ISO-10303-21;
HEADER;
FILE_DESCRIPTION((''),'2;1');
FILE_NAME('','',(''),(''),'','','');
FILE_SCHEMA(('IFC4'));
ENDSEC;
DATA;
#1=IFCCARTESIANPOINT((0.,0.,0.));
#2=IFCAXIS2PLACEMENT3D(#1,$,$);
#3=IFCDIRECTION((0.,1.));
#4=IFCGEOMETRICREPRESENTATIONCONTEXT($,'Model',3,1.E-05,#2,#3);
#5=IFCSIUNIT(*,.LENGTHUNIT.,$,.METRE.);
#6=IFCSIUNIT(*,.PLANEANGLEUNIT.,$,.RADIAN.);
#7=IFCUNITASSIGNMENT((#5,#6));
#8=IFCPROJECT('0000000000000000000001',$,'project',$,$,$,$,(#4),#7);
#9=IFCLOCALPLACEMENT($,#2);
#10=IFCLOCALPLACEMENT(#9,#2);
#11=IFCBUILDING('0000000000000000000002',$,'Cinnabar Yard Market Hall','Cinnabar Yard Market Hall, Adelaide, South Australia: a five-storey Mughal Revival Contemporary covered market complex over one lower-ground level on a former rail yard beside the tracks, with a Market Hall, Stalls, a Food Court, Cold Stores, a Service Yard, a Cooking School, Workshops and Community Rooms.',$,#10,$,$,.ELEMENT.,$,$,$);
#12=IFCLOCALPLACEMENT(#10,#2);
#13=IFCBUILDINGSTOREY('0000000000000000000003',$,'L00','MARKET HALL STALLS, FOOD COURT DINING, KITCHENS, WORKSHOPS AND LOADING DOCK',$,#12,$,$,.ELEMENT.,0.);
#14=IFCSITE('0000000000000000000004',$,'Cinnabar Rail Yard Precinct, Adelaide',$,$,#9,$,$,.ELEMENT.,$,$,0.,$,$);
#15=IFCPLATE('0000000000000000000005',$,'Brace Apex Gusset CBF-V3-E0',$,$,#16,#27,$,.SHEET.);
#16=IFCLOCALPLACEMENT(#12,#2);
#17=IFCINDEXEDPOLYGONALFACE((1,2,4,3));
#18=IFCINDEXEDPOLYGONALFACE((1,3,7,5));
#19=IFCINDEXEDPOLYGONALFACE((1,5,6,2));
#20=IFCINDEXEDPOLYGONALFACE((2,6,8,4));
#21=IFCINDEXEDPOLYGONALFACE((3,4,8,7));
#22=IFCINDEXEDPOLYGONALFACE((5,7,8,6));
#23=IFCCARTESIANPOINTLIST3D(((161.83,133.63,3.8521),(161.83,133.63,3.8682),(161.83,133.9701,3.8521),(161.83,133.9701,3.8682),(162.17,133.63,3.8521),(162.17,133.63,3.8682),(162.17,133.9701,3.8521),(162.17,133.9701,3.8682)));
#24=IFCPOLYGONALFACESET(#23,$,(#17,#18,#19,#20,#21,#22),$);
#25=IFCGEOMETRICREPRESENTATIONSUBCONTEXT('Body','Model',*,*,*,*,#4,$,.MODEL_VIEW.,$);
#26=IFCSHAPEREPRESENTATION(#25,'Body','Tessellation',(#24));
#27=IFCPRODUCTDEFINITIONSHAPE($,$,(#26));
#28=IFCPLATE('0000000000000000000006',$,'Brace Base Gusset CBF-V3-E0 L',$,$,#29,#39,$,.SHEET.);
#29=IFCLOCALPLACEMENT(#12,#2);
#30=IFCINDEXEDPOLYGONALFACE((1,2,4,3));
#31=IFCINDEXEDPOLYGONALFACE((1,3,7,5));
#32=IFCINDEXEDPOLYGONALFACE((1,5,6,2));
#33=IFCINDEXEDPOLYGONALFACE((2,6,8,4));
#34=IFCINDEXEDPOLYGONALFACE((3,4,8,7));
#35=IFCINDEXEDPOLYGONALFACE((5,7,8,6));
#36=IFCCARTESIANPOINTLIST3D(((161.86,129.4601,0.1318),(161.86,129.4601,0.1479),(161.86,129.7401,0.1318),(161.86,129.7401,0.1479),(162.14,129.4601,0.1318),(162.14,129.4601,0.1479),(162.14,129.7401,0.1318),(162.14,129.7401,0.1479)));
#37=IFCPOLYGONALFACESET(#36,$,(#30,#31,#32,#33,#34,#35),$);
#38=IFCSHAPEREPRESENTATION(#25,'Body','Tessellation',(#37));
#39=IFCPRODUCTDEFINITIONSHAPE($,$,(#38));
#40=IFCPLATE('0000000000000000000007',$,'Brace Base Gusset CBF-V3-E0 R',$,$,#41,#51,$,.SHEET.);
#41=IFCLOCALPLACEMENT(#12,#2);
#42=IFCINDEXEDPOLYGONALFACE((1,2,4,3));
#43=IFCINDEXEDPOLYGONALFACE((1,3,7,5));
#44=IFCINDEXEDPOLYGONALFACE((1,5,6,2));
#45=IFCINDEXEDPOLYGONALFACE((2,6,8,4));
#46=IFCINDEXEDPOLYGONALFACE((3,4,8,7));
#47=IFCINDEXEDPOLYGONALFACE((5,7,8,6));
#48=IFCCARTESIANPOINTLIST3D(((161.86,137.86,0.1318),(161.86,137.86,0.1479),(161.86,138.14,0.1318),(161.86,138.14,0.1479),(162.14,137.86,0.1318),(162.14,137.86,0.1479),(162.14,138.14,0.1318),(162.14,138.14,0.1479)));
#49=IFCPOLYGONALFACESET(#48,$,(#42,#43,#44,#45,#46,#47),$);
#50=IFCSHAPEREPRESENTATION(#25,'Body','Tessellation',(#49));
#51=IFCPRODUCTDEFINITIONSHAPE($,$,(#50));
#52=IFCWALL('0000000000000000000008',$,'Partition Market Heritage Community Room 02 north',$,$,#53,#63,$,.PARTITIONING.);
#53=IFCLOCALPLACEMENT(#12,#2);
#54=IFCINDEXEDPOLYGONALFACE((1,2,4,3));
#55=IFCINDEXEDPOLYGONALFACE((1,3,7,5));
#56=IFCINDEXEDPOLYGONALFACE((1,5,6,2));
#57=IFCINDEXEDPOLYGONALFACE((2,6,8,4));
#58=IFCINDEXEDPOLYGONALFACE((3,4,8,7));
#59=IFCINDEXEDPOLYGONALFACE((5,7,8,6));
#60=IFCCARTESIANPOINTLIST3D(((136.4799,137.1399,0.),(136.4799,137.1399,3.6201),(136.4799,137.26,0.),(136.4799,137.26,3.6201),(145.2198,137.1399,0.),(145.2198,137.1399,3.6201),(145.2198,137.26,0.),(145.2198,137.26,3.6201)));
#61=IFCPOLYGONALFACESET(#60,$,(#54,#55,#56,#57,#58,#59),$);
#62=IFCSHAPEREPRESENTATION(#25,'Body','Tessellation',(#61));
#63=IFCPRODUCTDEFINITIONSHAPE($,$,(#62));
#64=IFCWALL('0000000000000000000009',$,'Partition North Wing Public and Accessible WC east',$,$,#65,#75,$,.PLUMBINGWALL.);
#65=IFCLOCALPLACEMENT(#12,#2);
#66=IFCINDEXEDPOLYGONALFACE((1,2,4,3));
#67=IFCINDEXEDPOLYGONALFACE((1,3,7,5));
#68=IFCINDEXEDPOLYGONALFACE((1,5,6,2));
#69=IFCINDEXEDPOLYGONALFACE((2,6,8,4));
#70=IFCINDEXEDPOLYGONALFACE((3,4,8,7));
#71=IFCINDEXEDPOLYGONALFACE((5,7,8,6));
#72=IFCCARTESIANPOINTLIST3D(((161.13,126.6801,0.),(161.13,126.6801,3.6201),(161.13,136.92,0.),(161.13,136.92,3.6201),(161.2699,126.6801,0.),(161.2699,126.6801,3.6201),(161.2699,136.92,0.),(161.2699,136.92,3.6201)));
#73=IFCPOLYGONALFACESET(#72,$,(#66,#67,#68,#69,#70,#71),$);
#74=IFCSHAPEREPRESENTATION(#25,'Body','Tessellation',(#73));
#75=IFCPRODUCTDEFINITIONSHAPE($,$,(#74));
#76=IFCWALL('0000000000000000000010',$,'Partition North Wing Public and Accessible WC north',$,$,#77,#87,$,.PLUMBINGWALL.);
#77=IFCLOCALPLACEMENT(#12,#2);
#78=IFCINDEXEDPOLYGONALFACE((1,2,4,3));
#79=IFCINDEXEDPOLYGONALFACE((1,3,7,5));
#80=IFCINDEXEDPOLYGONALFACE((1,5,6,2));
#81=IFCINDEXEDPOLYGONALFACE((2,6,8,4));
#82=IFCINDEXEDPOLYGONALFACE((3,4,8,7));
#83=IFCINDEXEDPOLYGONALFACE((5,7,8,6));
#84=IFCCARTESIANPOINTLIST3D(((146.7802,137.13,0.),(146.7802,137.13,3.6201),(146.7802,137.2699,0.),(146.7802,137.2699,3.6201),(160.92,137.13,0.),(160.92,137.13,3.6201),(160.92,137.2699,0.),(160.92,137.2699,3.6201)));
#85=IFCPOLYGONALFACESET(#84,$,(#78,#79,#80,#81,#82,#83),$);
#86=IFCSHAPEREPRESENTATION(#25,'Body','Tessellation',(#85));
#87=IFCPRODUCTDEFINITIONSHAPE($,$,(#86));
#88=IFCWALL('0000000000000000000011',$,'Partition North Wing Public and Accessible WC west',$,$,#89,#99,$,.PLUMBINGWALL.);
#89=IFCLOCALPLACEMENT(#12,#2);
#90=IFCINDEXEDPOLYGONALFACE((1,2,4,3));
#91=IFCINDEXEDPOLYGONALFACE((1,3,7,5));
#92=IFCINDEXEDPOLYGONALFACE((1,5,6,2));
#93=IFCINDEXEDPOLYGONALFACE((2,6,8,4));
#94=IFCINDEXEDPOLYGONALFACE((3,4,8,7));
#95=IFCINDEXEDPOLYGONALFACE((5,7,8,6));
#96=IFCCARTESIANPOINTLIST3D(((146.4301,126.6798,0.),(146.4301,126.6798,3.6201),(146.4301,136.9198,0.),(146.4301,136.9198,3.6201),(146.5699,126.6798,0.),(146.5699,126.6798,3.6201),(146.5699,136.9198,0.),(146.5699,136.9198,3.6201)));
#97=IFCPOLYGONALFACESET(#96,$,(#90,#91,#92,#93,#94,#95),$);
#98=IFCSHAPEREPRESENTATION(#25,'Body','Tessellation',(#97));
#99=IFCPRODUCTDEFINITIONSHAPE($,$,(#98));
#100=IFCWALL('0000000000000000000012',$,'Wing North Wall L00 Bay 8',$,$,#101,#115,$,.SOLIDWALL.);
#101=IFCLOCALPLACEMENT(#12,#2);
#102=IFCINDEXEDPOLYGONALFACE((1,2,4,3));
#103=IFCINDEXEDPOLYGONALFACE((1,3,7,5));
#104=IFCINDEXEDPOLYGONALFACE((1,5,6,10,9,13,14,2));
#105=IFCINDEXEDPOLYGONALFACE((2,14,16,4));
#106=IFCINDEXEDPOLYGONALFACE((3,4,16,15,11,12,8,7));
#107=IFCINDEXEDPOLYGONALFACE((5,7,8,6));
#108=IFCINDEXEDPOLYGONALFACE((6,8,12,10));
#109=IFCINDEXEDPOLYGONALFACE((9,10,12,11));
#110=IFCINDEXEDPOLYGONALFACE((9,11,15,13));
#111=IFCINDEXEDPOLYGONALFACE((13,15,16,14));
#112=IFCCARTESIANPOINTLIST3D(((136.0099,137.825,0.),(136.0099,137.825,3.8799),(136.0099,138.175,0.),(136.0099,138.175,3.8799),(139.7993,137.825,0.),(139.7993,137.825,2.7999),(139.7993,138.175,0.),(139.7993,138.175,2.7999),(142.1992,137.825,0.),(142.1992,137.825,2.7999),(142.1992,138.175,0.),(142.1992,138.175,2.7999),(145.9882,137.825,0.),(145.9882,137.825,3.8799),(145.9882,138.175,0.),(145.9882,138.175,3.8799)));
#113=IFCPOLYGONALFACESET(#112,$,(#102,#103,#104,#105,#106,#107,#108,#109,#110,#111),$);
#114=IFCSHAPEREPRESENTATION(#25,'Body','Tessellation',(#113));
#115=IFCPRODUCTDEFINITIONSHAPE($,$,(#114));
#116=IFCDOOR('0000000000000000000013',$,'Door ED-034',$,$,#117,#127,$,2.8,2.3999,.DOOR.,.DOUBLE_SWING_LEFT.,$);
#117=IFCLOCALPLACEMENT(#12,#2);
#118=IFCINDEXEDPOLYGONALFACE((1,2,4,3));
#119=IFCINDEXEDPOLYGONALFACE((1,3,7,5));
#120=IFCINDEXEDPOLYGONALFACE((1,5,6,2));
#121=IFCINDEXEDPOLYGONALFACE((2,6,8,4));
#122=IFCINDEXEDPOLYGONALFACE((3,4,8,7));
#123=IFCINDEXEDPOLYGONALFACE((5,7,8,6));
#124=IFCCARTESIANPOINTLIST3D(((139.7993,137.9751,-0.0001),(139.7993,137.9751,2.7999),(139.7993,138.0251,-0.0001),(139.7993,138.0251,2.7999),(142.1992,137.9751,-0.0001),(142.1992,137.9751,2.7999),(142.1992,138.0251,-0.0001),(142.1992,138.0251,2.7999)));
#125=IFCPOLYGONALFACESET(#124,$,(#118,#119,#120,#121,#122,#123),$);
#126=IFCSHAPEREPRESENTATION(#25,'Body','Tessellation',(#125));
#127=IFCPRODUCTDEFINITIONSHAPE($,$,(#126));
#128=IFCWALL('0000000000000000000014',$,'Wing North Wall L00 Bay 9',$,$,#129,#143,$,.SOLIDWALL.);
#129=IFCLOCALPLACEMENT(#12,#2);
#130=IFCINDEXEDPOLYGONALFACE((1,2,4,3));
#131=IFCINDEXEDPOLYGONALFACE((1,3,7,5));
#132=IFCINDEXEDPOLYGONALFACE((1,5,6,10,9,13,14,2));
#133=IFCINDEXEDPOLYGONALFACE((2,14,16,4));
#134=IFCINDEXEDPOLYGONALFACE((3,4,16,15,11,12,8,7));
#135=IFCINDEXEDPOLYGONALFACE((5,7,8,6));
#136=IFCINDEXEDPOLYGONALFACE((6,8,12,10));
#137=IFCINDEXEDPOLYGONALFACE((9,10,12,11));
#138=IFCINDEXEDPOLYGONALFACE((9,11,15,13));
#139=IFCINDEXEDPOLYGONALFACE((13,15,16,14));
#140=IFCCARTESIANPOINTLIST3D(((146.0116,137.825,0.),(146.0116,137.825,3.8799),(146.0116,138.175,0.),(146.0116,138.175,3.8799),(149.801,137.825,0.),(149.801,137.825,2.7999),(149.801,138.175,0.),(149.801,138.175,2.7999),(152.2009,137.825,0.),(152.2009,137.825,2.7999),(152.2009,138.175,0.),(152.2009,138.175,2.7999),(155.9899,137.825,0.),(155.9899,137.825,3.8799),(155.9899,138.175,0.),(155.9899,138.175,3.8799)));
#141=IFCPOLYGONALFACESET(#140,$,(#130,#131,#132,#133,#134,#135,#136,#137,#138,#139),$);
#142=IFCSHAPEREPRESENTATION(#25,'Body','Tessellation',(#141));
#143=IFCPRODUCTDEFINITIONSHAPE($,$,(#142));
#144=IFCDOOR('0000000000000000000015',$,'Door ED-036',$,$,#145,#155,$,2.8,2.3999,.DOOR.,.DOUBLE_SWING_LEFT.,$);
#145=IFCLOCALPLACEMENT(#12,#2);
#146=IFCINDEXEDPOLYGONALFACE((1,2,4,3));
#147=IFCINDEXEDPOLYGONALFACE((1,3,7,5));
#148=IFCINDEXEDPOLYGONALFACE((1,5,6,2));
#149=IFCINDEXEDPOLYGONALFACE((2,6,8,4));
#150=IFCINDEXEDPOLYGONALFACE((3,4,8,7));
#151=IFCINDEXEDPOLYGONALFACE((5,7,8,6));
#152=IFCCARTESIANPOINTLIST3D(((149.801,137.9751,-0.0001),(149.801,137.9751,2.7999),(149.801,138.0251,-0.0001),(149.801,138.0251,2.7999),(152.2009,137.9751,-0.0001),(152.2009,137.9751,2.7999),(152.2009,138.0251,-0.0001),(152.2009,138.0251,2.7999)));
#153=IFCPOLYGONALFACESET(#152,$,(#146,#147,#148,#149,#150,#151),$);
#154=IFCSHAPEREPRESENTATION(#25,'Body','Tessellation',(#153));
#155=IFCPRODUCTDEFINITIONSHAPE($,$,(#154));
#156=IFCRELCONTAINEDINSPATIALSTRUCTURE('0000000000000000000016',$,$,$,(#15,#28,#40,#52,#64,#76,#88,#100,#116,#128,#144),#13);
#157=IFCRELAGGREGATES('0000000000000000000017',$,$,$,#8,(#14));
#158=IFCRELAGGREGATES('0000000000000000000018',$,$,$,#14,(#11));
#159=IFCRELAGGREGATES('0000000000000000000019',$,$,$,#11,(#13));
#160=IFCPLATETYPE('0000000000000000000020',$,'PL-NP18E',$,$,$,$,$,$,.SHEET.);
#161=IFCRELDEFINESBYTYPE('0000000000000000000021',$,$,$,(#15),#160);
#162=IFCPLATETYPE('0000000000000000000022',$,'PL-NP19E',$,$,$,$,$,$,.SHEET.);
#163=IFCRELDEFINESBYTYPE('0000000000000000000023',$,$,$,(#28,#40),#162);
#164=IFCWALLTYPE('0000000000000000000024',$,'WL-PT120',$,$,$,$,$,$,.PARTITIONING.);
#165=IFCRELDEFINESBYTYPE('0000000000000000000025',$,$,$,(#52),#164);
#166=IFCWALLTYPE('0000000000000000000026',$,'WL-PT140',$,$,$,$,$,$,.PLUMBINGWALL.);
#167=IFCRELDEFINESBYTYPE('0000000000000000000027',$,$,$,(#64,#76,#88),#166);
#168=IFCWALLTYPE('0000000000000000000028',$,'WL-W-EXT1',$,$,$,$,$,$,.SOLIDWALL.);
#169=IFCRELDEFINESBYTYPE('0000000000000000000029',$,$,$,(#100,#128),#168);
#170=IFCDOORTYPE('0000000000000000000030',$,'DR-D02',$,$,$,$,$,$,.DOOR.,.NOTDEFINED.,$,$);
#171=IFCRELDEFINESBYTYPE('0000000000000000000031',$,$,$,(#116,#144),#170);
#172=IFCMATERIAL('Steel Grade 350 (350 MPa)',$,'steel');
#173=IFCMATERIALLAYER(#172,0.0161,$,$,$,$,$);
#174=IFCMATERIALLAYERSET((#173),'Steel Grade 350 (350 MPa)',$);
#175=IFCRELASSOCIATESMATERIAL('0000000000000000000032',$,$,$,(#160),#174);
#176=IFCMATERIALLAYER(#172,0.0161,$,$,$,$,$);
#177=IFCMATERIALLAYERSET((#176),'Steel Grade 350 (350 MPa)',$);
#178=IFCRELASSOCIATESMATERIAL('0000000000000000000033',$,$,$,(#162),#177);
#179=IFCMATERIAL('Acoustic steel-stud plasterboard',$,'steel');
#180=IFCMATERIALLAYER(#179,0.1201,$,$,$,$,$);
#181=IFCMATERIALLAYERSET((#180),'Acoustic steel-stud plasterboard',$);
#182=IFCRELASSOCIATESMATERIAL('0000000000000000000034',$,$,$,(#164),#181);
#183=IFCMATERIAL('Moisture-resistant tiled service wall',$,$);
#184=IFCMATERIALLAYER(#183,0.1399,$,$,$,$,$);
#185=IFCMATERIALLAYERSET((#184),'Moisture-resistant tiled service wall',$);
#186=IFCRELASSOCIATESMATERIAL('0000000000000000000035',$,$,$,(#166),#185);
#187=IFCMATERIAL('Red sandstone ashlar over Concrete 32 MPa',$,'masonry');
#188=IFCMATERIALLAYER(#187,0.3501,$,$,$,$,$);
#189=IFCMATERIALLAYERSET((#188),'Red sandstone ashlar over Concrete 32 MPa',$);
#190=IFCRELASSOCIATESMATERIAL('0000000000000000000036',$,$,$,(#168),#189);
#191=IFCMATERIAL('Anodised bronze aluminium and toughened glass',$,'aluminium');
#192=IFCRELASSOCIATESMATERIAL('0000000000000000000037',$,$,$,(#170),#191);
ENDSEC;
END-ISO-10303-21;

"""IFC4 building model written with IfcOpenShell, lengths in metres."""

from ifc_helpers import new_model, si_unit, direction, frame, frame_2d, origin, origin_2d_with_axis, place, context, subcontext, project, spatial, rectangle, extrude, material, layer, layer_set, type_object, element, fill, save


model = new_model("IFC4")

# Units and contexts
model_context = context("Model", 3, precision=1e-05, world=origin(), true_north=direction((0.0, 1.0)))
body_context = subcontext(model_context, "Body", "Model", "MODEL_VIEW")
ifc_project = project(units=[si_unit("LENGTHUNIT", "METRE"), si_unit("PLANEANGLEUNIT", "RADIAN")], contexts=[model_context])

# Site, building, storey
site_placement = place(None, origin())
site = spatial("IfcSite", under=ifc_project, at=site_placement, Name="Cinnabar Rail Yard Precinct, Adelaide", CompositionType="ELEMENT", RefElevation=0.0)
building_placement = place(site_placement, origin())
building = spatial("IfcBuilding", under=site, at=building_placement, Name="Cinnabar Yard Market Hall", Description="Cinnabar Yard Market Hall, Adelaide, South Australia: a five-storey Mughal Revival Contemporary covered market complex over one lower-ground level on a former rail yard beside the tracks, with a Market Hall, Stalls, a Food Court, Cold Stores, a Service Yard, a Cooking School, Workshops and Community Rooms.", CompositionType="ELEMENT")
storey_placement = place(building_placement, origin())
storey = spatial("IfcBuildingStorey", under=building, at=storey_placement, Name="L00", Description="MARKET HALL STALLS, FOOD COURT DINING, KITCHENS, WORKSHOPS AND LOADING DOCK", CompositionType="ELEMENT", Elevation=0.0)

# Shared definitions
ifc_material_1 = material(Name="Steel Grade 350 (350 MPa)", Category="steel")

# Plates
ifc_layer_1 = layer(ifc_material_1, 0.0161)
ifc_layer_set_1 = layer_set([ifc_layer_1], Name="Steel Grade 350 (350 MPa)")
plate_type_1 = type_object("IfcPlateType", Name="PL-NP18E", PredefinedType="SHEET", material=ifc_layer_set_1)
plate_placement = place(storey_placement, frame((162.0, 133.8, 3.8521), z_axis=(0.0, 0.0, 1.0), x_axis=(1.0, 0.0, 0.0)))
element("IfcPlate", 1, at=plate_placement, inside=storey, type_object=plate_type_1, Name="Brace Apex Gusset CBF-V3-E0", PredefinedType="SHEET", context=body_context, shape_type="SweptSolid", body=[
    extrude(rectangle(XDim=0.3401, YDim=0.3401, at=origin_2d_with_axis()), origin(), (0.0, 0.0, 1.0), 0.0161),
])
ifc_layer_2 = layer(ifc_material_1, 0.0161)
ifc_layer_set_2 = layer_set([ifc_layer_2], Name="Steel Grade 350 (350 MPa)")
plate_type_2 = type_object("IfcPlateType", Name="PL-NP19E", PredefinedType="SHEET", material=ifc_layer_set_2)
for number, where, z_axis, x_axis, name in (
    (2, (162.0, 129.6001, 0.1318), (0.0, 0.0, 1.0), (1.0, 0.0, 0.0), "Brace Base Gusset CBF-V3-E0 L"),
    (3, (162.0, 138.0, 0.1318), (0.0, 0.0, 1.0), (1.0, 0.0, 0.0), "Brace Base Gusset CBF-V3-E0 R"),
):
    element("IfcPlate", number, at=place(storey_placement, frame(where, z_axis=z_axis, x_axis=x_axis)), inside=storey, type_object=plate_type_2, Name=name, PredefinedType="SHEET", context=body_context, shape_type="SweptSolid", body=[
        extrude(rectangle(XDim=0.28, YDim=0.28, at=origin_2d_with_axis()), origin(), (0.0, 0.0, 1.0), 0.0161),
    ])

# Walls
ifc_material_2 = material(Name="Acoustic steel-stud plasterboard", Category="steel")
ifc_layer_3 = layer(ifc_material_2, 0.1201)
ifc_layer_set_3 = layer_set([ifc_layer_3], Name="Acoustic steel-stud plasterboard")
wall_type_1 = type_object("IfcWallType", Name="WL-PT120", PredefinedType="PARTITIONING", material=ifc_layer_set_3)
wall_1_placement = place(storey_placement, frame((145.22, 137.2, 0.0), z_axis=(0.0, 0.0, 1.0), x_axis=(-1.0, 0.0, 0.0)))
element("IfcWall", 4, at=wall_1_placement, inside=storey, type_object=wall_type_1, Name="Partition Market Heritage Community Room 02 north", PredefinedType="PARTITIONING", context=body_context, shape_type="SweptSolid", body=[
    extrude(rectangle(XDim=8.74, YDim=0.1201, at=frame_2d((4.3701, 0.0), x_axis=(1.0, 0.0))), origin(), (0.0, 0.0, 1.0), 3.6201),
])
ifc_material_3 = material(Name="Moisture-resistant tiled service wall")
ifc_layer_4 = layer(ifc_material_3, 0.1399)
ifc_layer_set_4 = layer_set([ifc_layer_4], Name="Moisture-resistant tiled service wall")
wall_type_2 = type_object("IfcWallType", Name="WL-PT140", PredefinedType="PLUMBINGWALL", material=ifc_layer_set_4)
wall_2_placement = place(storey_placement, frame((161.2, 126.6799, 0.0), z_axis=(0.0, 0.0, 1.0), x_axis=(0.0, 1.0, 0.0)))
element("IfcWall", 5, at=wall_2_placement, inside=storey, type_object=wall_type_2, Name="Partition North Wing Public and Accessible WC east", PredefinedType="PLUMBINGWALL", context=body_context, shape_type="SweptSolid", body=[
    extrude(rectangle(XDim=10.24, YDim=0.1399, at=frame_2d((5.1201, 0.0), x_axis=(1.0, 0.0))), origin(), (0.0, 0.0, 1.0), 3.6201),
])
wall_3_placement = place(storey_placement, frame((160.9199, 137.2, 0.0), z_axis=(0.0, 0.0, 1.0), x_axis=(-1.0, 0.0, 0.0)))
element("IfcWall", 6, at=wall_3_placement, inside=storey, type_object=wall_type_2, Name="Partition North Wing Public and Accessible WC north", PredefinedType="PLUMBINGWALL", context=body_context, shape_type="SweptSolid", body=[
    extrude(rectangle(XDim=14.1399, YDim=0.1399, at=frame_2d((7.0698, 0.0), x_axis=(1.0, 0.0))), origin(), (0.0, 0.0, 1.0), 3.6201),
])
wall_4_placement = place(storey_placement, frame((146.5, 136.9199, 0.0), z_axis=(0.0, 0.0, 1.0), x_axis=(0.0, -1.0, 0.0)))
element("IfcWall", 7, at=wall_4_placement, inside=storey, type_object=wall_type_2, Name="Partition North Wing Public and Accessible WC west", PredefinedType="PLUMBINGWALL", context=body_context, shape_type="SweptSolid", body=[
    extrude(rectangle(XDim=10.24, YDim=0.1399, at=frame_2d((5.1201, 0.0), x_axis=(1.0, 0.0))), origin(), (0.0, 0.0, 1.0), 3.6201),
])

# Walls, openings, doors
ifc_material_4 = material(Name="Red sandstone ashlar over Concrete 32 MPa", Category="masonry")
ifc_layer_5 = layer(ifc_material_4, 0.3501)
ifc_layer_set_5 = layer_set([ifc_layer_5], Name="Red sandstone ashlar over Concrete 32 MPa")
wall_type_3 = type_object("IfcWallType", Name="WL-W-EXT1", PredefinedType="SOLIDWALL", material=ifc_layer_set_5)
wall_5_placement = place(storey_placement, frame((145.9883, 138.0, 0.0), z_axis=(0.0, 0.0, 1.0), x_axis=(-1.0, 0.0, 0.0)))
wall_5 = element("IfcWall", 8, at=wall_5_placement, inside=storey, type_object=wall_type_3, Name="Wing North Wall L00 Bay 8", PredefinedType="SOLIDWALL", context=body_context, shape_type="SweptSolid", body=[
    extrude(rectangle(XDim=9.9783, YDim=0.3501, at=frame_2d((4.9893, 0.0), x_axis=(1.0, 0.0))), origin(), (0.0, 0.0, 1.0), 3.8799),
])
opening_1_placement = place(wall_5_placement, frame((3.7891, 0.0, 0.0)))
opening_1 = element("IfcOpeningElement", 9, at=opening_1_placement, cuts=wall_5, PredefinedType="OPENING", context=body_context, shape_type="SweptSolid", body=[
    extrude(rectangle(XDim=2.3999, YDim=2.8, at=frame_2d((1.2, 1.3999), x_axis=(1.0, 0.0))), frame((0.0, 0.1851, 0.0), z_axis=(0.0, -1.0, 0.0), x_axis=(1.0, 0.0, 0.0)), (0.0, 0.0, 1.0), 0.3701),
])
ifc_material_5 = material(Name="Anodised bronze aluminium and toughened glass", Category="aluminium")
door_type = type_object("IfcDoorType", Name="DR-D02", OperationType="NOTDEFINED", PredefinedType="DOOR", material=ifc_material_5)
door_1_placement = place(opening_1_placement, origin())
door_1 = element("IfcDoor", 10, at=door_1_placement, inside=storey, type_object=door_type, Name="Door ED-034", OperationType="DOUBLE_SWING_LEFT", OverallHeight=2.8, OverallWidth=2.3999, PredefinedType="DOOR", context=body_context, shape_type="SweptSolid", body=[
    extrude(rectangle(XDim=2.3999, YDim=2.8, at=frame_2d((1.2, 1.3999), x_axis=(1.0, 0.0))), frame((0.0, 0.0249, 0.0), z_axis=(0.0, -1.0, 0.0), x_axis=(1.0, 0.0, 0.0)), (0.0, 0.0, 1.0), 0.05),
])
fill(opening_1, door_1)
wall_6_placement = place(storey_placement, frame((155.99, 138.0, 0.0), z_axis=(0.0, 0.0, 1.0), x_axis=(-1.0, 0.0, 0.0)))
wall_6 = element("IfcWall", 11, at=wall_6_placement, inside=storey, type_object=wall_type_3, Name="Wing North Wall L00 Bay 9", PredefinedType="SOLIDWALL", context=body_context, shape_type="SweptSolid", body=[
    extrude(rectangle(XDim=9.9783, YDim=0.3501, at=frame_2d((4.9893, 0.0), x_axis=(1.0, 0.0))), origin(), (0.0, 0.0, 1.0), 3.8799),
])
opening_2_placement = place(wall_6_placement, frame((3.7891, 0.0, 0.0)))
opening_2 = element("IfcOpeningElement", 12, at=opening_2_placement, cuts=wall_6, PredefinedType="OPENING", context=body_context, shape_type="SweptSolid", body=[
    extrude(rectangle(XDim=2.3999, YDim=2.8, at=frame_2d((1.2, 1.3999), x_axis=(1.0, 0.0))), frame((0.0, 0.1851, 0.0), z_axis=(0.0, -1.0, 0.0), x_axis=(1.0, 0.0, 0.0)), (0.0, 0.0, 1.0), 0.3701),
])
door_2_placement = place(opening_2_placement, origin())
door_2 = element("IfcDoor", 13, at=door_2_placement, inside=storey, type_object=door_type, Name="Door ED-036", OperationType="DOUBLE_SWING_LEFT", OverallHeight=2.8, OverallWidth=2.3999, PredefinedType="DOOR", context=body_context, shape_type="SweptSolid", body=[
    extrude(rectangle(XDim=2.3999, YDim=2.8, at=frame_2d((1.2, 1.3999), x_axis=(1.0, 0.0))), frame((0.0, 0.0249, 0.0), z_axis=(0.0, -1.0, 0.0), x_axis=(1.0, 0.0, 0.0)), (0.0, 0.0, 1.0), 0.05),
])
fill(opening_2, door_2)

save(model, "model.ifc")
